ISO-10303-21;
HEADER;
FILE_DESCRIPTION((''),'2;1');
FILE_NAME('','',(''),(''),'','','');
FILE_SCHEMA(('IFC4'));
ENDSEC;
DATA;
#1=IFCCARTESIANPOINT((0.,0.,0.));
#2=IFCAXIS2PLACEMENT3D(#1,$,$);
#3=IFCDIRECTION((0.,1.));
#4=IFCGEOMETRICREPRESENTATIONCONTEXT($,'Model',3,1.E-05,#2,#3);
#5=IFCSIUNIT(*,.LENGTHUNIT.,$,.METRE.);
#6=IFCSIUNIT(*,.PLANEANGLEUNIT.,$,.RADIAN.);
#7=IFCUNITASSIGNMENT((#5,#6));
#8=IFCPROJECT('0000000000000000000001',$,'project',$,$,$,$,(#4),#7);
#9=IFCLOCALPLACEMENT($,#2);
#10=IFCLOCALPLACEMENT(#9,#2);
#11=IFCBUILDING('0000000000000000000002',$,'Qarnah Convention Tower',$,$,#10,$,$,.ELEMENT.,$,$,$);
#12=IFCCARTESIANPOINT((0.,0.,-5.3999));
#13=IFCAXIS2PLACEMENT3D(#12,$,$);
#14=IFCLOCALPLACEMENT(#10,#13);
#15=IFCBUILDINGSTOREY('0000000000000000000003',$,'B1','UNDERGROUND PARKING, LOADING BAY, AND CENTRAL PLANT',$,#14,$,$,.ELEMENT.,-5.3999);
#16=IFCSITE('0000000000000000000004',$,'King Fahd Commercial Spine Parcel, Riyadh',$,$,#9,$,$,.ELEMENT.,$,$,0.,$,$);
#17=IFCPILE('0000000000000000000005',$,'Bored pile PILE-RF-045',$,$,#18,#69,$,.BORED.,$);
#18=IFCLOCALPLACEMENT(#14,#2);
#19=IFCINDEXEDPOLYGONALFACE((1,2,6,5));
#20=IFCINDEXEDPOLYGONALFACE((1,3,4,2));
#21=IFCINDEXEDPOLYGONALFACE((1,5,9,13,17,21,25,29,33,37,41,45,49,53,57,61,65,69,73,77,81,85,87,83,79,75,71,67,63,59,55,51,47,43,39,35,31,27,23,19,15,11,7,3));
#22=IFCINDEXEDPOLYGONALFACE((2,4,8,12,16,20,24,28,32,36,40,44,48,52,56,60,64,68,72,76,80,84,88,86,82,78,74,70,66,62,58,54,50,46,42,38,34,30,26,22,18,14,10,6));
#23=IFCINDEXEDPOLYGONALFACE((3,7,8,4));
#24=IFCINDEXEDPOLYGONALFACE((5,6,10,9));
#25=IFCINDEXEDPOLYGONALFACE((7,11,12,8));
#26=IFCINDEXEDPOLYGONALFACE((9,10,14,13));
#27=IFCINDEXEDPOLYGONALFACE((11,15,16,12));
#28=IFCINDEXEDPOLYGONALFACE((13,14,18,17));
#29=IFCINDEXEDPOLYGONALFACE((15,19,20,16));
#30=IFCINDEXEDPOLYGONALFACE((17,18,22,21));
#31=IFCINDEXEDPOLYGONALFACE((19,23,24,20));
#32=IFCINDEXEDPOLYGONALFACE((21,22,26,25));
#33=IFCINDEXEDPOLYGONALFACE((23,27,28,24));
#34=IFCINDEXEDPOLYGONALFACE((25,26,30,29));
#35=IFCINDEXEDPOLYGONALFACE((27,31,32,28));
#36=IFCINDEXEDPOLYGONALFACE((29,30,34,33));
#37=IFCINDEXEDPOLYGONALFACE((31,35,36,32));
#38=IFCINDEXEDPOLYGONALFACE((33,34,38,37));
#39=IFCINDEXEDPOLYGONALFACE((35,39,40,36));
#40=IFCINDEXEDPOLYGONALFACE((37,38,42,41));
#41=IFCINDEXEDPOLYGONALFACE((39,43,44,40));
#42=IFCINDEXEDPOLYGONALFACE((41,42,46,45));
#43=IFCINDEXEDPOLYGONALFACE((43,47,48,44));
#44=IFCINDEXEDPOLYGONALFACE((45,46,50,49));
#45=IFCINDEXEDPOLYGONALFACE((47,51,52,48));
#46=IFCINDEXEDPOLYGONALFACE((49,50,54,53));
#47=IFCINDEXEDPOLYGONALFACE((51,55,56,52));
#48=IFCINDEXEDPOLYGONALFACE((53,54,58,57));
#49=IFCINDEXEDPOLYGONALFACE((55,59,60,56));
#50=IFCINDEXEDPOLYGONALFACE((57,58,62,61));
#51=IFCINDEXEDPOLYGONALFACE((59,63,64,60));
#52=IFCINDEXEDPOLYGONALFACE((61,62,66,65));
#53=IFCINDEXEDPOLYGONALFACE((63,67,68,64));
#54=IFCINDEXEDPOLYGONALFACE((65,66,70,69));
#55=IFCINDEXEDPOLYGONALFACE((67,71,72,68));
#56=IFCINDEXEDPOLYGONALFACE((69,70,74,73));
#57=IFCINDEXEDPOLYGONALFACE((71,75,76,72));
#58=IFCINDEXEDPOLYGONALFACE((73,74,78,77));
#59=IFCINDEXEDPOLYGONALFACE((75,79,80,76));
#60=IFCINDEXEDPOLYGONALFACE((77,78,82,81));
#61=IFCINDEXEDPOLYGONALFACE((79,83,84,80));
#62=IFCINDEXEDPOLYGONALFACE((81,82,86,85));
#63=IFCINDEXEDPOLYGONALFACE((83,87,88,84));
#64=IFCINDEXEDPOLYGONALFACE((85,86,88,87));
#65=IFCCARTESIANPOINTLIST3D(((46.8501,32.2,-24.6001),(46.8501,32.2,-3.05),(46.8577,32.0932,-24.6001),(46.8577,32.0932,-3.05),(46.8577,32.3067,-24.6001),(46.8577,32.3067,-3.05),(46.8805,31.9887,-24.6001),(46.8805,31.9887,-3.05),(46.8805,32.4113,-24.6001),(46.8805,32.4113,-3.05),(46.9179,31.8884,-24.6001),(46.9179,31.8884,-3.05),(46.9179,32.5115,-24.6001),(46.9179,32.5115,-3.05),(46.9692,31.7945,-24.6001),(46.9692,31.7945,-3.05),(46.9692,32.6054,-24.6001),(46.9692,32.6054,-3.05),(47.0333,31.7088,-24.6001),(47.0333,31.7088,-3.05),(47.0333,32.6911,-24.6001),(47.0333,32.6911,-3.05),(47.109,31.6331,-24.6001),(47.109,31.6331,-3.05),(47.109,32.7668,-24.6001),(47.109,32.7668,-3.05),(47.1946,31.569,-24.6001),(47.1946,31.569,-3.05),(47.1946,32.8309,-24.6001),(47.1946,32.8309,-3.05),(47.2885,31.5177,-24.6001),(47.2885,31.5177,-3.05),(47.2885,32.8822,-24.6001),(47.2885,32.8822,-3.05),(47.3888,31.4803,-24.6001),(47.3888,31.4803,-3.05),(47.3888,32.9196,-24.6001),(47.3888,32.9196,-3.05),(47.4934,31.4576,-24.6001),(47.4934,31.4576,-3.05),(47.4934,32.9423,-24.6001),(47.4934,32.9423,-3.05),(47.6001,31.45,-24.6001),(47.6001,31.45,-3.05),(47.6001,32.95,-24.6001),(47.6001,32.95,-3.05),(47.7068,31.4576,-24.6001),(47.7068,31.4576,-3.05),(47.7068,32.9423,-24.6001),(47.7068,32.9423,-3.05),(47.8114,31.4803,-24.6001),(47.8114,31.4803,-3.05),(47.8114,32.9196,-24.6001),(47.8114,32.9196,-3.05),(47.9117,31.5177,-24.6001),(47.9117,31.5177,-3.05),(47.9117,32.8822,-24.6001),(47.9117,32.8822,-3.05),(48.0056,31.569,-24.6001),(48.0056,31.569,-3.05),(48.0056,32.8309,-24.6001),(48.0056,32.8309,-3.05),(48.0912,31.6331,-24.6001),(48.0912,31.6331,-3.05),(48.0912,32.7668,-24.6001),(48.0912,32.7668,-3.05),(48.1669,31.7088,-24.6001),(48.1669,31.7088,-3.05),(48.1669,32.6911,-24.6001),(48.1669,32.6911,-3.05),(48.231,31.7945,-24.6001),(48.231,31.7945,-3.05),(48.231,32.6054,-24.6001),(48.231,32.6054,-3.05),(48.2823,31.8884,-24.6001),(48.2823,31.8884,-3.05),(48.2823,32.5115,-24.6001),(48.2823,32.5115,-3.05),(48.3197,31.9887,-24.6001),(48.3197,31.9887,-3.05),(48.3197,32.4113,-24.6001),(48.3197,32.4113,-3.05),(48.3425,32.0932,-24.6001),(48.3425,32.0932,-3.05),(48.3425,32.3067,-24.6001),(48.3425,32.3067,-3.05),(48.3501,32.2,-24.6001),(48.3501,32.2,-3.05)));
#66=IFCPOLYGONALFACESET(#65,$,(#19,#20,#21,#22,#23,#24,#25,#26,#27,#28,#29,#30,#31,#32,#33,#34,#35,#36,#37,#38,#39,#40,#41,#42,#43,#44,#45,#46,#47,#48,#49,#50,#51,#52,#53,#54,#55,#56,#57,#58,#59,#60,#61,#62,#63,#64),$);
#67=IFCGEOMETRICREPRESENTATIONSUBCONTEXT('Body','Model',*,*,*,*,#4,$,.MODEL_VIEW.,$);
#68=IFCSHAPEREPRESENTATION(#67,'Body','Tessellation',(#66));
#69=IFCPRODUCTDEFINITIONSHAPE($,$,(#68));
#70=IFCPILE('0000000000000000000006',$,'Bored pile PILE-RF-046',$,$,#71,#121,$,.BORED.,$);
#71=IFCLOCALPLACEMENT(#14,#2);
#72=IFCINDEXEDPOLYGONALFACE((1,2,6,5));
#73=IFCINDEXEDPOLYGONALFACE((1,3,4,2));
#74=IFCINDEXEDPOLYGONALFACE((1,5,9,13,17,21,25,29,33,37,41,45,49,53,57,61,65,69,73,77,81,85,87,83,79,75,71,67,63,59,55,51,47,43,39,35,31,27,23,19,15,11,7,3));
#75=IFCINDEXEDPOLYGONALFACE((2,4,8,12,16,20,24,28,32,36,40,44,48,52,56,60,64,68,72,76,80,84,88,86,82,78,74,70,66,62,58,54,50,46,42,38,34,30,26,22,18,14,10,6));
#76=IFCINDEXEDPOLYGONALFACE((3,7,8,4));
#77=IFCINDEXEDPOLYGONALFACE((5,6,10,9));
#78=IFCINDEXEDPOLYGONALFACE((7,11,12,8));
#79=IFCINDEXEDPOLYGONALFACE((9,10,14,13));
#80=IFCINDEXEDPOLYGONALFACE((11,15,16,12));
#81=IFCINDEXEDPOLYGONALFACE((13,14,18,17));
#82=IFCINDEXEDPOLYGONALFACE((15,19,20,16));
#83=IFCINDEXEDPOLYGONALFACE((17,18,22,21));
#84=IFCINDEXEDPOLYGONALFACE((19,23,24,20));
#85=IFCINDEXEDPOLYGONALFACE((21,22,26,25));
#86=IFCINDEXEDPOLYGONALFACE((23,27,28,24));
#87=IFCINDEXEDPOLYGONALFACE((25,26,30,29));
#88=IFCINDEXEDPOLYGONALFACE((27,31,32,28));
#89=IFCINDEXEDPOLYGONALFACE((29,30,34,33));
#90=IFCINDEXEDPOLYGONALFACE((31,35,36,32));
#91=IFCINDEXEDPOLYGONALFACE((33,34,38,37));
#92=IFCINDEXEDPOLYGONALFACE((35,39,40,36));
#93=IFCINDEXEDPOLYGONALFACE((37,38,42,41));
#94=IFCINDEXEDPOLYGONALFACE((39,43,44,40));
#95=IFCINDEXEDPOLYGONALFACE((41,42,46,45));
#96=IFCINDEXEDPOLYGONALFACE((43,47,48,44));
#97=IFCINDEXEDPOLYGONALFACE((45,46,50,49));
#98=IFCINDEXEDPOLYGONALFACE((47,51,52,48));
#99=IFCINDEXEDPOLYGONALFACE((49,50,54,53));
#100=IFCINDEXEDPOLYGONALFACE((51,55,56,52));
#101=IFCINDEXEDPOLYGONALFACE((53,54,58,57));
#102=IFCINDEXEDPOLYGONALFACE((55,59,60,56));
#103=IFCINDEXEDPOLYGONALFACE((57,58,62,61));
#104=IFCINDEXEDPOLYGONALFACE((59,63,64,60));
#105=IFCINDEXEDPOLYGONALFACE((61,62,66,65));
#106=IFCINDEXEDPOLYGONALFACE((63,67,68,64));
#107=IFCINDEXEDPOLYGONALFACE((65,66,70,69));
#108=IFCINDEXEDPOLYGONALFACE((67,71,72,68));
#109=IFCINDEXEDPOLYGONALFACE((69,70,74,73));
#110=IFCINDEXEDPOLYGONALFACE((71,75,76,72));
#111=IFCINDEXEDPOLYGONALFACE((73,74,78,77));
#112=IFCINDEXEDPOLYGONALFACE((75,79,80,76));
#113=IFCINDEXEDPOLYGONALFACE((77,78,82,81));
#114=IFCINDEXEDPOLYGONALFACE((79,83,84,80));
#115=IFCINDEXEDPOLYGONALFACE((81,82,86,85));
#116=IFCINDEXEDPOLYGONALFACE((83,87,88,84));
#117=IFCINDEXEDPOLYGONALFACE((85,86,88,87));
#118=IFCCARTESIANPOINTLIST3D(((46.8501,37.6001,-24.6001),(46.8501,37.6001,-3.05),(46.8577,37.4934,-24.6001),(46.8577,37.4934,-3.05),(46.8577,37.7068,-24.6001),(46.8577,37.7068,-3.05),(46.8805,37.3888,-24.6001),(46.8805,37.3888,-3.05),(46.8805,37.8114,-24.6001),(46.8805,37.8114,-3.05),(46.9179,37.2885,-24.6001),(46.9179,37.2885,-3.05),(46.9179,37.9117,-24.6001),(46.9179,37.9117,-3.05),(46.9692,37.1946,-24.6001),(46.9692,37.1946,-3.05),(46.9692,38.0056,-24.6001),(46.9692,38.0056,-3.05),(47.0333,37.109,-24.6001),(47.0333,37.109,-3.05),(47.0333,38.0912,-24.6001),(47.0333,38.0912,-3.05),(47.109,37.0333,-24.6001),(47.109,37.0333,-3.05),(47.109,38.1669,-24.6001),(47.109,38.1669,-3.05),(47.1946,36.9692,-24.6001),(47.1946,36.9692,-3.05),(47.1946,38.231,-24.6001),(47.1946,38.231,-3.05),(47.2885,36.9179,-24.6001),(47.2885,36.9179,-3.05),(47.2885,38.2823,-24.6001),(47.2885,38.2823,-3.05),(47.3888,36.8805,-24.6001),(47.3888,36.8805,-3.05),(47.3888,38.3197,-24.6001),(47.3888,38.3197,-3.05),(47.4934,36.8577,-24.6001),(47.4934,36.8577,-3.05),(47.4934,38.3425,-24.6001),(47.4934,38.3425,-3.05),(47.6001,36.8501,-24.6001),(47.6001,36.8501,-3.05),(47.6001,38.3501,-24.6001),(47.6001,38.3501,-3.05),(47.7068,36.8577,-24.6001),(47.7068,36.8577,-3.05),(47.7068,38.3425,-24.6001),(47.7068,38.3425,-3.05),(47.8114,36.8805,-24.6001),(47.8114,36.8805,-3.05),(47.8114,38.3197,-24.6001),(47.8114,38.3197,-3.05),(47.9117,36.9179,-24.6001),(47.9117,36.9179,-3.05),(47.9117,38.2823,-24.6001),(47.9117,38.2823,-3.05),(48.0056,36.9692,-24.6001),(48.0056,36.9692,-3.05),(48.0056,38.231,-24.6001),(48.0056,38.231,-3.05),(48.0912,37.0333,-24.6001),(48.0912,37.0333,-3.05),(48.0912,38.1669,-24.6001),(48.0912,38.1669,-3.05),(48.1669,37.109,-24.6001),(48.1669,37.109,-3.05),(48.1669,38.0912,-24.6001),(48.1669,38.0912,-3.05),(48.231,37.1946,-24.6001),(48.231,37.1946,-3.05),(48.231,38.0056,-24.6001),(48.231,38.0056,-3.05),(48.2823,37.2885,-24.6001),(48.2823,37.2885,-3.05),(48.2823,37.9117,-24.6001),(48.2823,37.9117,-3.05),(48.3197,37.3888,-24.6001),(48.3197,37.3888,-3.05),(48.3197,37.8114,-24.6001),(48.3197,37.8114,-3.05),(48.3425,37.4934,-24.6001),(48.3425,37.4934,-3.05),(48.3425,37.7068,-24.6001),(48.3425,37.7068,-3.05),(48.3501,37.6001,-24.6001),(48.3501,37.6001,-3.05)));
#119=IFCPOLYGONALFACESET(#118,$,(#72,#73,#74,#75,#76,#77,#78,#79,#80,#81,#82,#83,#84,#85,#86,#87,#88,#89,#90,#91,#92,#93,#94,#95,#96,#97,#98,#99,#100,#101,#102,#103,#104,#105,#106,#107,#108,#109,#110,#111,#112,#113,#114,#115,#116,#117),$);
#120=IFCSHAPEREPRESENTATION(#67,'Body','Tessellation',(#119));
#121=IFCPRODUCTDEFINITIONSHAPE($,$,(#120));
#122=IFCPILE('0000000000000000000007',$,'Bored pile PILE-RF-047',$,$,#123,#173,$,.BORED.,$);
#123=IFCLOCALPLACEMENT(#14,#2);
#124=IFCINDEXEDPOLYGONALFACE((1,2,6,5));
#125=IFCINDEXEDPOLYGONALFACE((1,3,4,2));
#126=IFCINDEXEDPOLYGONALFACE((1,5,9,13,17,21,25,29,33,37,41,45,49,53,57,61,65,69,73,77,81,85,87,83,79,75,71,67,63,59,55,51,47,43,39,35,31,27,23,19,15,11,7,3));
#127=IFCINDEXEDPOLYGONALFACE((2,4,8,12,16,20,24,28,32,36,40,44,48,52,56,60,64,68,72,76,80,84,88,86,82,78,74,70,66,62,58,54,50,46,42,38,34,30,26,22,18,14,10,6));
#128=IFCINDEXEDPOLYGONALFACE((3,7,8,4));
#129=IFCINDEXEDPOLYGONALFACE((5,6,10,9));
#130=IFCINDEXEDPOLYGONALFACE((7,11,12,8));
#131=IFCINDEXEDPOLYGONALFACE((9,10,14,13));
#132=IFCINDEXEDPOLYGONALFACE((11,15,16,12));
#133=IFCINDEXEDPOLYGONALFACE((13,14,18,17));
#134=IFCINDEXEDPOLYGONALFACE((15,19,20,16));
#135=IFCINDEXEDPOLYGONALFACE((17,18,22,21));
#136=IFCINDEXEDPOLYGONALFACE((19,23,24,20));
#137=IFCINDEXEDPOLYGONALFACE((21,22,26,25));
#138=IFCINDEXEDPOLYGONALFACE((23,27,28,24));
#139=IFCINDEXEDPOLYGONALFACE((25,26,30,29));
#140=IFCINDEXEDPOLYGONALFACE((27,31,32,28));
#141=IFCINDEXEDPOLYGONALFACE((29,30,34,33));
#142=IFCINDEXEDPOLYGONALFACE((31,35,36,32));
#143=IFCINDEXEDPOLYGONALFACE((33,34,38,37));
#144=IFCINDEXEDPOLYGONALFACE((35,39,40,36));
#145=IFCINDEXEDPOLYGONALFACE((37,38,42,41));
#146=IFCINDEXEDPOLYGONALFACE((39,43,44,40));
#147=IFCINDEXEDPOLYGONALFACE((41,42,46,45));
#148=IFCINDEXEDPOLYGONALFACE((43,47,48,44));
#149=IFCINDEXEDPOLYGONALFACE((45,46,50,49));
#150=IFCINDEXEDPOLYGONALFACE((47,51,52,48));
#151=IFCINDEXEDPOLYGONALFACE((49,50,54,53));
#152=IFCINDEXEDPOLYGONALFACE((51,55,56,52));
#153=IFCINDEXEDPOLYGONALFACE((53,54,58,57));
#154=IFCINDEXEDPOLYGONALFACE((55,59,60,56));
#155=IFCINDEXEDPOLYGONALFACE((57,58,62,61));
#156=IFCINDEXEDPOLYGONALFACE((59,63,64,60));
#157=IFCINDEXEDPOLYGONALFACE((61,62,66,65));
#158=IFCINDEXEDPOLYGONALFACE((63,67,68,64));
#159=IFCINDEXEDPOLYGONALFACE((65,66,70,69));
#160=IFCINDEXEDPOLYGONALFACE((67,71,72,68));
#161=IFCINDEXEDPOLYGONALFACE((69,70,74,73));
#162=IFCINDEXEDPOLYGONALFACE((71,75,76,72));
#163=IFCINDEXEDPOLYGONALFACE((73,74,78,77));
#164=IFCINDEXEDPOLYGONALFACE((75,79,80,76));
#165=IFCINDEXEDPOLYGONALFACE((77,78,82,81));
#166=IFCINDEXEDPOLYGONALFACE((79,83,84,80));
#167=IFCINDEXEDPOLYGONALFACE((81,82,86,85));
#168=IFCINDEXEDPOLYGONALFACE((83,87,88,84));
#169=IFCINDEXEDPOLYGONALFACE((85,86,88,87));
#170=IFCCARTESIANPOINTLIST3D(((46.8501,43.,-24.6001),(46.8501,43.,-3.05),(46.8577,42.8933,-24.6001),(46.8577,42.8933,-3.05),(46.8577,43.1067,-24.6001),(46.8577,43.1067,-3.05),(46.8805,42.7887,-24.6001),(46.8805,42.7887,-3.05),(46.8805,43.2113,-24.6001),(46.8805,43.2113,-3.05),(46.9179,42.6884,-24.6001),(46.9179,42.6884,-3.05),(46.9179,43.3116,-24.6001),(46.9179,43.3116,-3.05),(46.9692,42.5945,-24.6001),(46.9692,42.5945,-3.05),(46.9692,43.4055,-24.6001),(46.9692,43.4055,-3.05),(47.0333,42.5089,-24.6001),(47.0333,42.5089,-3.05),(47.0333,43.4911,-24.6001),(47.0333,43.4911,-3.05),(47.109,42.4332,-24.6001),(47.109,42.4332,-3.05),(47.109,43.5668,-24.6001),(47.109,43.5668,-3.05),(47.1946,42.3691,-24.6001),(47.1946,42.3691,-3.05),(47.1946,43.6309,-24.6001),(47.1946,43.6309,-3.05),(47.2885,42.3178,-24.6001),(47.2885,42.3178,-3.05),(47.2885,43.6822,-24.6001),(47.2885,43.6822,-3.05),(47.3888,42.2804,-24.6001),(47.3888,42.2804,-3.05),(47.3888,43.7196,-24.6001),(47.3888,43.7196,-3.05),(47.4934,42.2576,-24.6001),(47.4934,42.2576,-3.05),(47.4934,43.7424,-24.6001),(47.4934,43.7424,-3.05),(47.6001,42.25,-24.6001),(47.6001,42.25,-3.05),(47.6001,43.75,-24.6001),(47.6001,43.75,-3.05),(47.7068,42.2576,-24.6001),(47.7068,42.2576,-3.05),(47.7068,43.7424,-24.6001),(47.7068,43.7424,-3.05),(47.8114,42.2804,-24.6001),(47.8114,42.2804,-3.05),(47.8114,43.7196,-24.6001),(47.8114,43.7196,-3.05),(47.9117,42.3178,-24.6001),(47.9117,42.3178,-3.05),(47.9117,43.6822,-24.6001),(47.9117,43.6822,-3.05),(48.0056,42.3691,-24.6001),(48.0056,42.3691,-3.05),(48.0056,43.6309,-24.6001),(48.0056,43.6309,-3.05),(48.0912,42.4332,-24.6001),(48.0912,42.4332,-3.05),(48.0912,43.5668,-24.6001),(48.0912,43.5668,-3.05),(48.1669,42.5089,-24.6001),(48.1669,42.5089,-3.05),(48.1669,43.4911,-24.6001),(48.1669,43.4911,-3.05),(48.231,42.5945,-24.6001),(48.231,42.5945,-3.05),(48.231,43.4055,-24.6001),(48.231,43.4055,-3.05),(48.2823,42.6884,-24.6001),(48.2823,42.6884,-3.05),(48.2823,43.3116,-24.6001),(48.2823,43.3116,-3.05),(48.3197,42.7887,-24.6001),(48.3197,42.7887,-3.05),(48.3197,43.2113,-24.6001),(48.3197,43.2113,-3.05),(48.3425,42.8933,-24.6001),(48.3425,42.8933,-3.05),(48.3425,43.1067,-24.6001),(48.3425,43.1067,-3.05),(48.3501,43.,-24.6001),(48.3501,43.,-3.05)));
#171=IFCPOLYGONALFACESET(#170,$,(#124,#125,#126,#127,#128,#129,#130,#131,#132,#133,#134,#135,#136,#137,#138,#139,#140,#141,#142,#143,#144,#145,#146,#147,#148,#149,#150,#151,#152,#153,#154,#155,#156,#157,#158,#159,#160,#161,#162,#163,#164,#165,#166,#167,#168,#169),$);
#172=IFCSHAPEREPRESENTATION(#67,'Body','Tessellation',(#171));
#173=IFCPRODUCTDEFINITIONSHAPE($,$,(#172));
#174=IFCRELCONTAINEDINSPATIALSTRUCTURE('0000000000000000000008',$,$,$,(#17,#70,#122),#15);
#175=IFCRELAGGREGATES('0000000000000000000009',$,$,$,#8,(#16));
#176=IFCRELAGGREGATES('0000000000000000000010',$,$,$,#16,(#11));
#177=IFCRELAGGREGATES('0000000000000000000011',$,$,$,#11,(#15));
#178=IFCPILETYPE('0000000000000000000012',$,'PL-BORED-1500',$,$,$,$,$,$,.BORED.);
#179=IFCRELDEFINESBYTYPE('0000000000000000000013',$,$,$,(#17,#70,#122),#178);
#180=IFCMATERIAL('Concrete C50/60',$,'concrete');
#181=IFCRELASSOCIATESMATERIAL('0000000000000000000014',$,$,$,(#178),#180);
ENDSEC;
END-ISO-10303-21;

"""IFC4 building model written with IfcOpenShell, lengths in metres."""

from ifc_helpers import new_model, si_unit, direction, frame, origin, origin_2d, place, context, subcontext, project, spatial, circle, extrude, material, material_profile, profile_set, type_object, element, save


model = new_model("IFC4")

# Units and contexts
model_context = context("Model", 3, precision=1e-05, world=origin(), true_north=direction((0.0, 1.0)))
body_context = subcontext(model_context, "Body", "Model", "MODEL_VIEW")
ifc_project = project(units=[si_unit("LENGTHUNIT", "METRE"), si_unit("PLANEANGLEUNIT", "RADIAN")], contexts=[model_context])

# Site, building, storey
site_placement = place(None, origin())
site = spatial("IfcSite", under=ifc_project, at=site_placement, Name="King Fahd Commercial Spine Parcel, Riyadh", CompositionType="ELEMENT", RefElevation=0.0)
building_placement = place(site_placement, origin())
building = spatial("IfcBuilding", under=site, at=building_placement, Name="Qarnah Convention Tower", CompositionType="ELEMENT")
storey_placement = place(building_placement, frame((0.0, 0.0, -5.3999)))
storey = spatial("IfcBuildingStorey", under=building, at=storey_placement, Name="B1", Description="UNDERGROUND PARKING, LOADING BAY, AND CENTRAL PLANT", CompositionType="ELEMENT", Elevation=-5.3999)

# Piles
ifc_material_1 = material(Name="Concrete C50/60", Category="concrete")
ifc_material_profile_1 = material_profile(ifc_material_1, circle(Radius=0.75, at=origin_2d()), Name="PILE-D1500")
ifc_profile_set_1 = profile_set([ifc_material_profile_1], Name="Concrete C50/60")
pile_type = type_object("IfcPileType", Name="PL-BORED-1500", PredefinedType="BORED", material=ifc_profile_set_1)
for number, where, z_axis, x_axis, name in (
    (1, (47.6001, 32.2, -3.05), (0.0, 0.0, -1.0), (1.0, 0.0, 0.0), "Bored pile PILE-RF-045"),
    (2, (47.6001, 37.6001, -3.05), (0.0, 0.0, -1.0), (1.0, 0.0, 0.0), "Bored pile PILE-RF-046"),
    (3, (47.6001, 43.0, -3.05), (0.0, 0.0, -1.0), (1.0, 0.0, 0.0), "Bored pile PILE-RF-047"),
):
    element("IfcPile", number, at=place(storey_placement, frame(where, z_axis=z_axis, x_axis=x_axis)), inside=storey, type_object=pile_type, Name=name, PredefinedType="BORED", context=body_context, shape_type="SweptSolid", body=[
        extrude(circle(Radius=0.75, at=origin_2d()), origin(), (0.0, 0.0, 1.0), 21.55),
    ])

save(model, "model.ifc")
